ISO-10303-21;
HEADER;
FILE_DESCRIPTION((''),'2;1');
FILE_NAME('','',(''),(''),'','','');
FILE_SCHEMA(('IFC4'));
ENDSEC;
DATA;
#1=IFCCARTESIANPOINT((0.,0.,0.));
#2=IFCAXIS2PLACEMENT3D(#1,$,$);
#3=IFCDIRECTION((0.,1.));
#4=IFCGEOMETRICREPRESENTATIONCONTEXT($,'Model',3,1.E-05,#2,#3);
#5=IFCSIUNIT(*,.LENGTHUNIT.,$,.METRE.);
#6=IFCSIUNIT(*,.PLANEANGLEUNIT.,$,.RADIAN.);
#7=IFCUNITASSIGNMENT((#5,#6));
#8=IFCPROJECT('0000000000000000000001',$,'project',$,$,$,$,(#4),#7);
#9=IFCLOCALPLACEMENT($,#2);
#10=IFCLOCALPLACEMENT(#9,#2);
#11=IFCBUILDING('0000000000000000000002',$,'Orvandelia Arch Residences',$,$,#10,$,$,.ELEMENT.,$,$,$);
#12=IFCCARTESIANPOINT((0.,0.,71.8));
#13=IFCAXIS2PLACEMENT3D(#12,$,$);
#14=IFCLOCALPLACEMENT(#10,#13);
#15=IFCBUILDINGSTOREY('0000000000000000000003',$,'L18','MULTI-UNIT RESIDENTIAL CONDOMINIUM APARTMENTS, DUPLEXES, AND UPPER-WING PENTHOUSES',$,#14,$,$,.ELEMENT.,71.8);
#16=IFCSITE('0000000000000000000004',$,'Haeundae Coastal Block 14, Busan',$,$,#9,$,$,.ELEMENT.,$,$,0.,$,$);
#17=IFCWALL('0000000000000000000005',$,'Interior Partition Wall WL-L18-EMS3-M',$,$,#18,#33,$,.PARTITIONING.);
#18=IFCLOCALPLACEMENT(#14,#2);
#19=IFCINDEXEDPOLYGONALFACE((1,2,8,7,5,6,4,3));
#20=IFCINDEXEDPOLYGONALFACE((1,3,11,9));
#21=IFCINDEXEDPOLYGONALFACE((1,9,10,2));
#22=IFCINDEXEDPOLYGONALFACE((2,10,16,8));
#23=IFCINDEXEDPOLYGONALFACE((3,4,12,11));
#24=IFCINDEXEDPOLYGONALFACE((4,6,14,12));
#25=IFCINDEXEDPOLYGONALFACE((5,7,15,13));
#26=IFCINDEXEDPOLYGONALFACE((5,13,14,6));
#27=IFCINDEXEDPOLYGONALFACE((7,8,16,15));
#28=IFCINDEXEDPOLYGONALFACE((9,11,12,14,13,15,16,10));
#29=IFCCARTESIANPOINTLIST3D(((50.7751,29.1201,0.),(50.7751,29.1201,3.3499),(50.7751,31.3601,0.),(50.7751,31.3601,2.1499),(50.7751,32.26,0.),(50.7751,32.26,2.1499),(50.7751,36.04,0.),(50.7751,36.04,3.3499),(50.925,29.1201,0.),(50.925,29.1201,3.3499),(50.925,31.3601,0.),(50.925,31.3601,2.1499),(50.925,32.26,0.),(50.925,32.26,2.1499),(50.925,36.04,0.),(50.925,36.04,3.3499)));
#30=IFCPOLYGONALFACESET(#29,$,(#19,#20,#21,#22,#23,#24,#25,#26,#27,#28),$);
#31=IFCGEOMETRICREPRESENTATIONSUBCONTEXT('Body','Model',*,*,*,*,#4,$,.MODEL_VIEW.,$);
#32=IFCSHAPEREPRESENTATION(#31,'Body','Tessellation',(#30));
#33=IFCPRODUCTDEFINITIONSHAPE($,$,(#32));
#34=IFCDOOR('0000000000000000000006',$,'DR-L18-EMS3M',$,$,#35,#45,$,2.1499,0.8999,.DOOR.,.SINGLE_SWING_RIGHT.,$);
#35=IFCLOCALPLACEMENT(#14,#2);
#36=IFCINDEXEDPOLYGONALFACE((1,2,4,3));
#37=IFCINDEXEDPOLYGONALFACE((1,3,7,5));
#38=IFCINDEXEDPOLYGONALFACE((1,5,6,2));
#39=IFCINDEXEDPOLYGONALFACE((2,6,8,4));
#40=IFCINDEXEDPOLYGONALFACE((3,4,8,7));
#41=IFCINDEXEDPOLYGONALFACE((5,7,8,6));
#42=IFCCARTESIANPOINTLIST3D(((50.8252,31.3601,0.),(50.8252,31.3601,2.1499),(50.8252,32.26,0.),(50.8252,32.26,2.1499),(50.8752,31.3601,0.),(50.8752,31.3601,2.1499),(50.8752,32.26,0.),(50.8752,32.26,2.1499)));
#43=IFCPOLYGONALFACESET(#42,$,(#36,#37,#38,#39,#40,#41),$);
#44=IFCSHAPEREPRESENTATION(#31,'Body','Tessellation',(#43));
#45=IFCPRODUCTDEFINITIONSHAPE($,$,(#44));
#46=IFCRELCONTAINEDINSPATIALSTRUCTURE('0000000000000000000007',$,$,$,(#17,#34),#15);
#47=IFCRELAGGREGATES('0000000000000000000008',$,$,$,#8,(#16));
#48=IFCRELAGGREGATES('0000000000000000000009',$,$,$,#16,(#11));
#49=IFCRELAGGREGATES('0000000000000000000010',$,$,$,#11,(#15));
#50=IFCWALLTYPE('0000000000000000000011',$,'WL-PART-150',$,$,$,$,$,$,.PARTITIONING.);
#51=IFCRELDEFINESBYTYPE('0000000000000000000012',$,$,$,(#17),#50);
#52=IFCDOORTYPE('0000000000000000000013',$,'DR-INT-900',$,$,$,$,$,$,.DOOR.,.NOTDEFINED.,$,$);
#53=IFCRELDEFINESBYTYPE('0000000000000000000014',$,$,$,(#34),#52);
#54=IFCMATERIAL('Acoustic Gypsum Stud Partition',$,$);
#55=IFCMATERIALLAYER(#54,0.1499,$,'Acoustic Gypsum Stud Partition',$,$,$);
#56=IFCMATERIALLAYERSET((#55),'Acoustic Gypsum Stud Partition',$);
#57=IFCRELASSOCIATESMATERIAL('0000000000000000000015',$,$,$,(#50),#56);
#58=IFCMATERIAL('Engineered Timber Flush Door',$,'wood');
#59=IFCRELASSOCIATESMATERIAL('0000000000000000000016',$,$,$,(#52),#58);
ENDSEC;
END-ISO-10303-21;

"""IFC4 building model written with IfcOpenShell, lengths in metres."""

from ifc_helpers import new_model, si_unit, direction, frame, frame_2d, origin, place, context, subcontext, project, spatial, rectangle, extrude, material, layer, layer_set, type_object, element, fill, save


model = new_model("IFC4")

# Units and contexts
model_context = context("Model", 3, precision=1e-05, world=origin(), true_north=direction((0.0, 1.0)))
body_context = subcontext(model_context, "Body", "Model", "MODEL_VIEW")
ifc_project = project(units=[si_unit("LENGTHUNIT", "METRE"), si_unit("PLANEANGLEUNIT", "RADIAN")], contexts=[model_context])

# Site, building, storey
site_placement = place(None, origin())
site = spatial("IfcSite", under=ifc_project, at=site_placement, Name="Haeundae Coastal Block 14, Busan", CompositionType="ELEMENT", RefElevation=0.0)
building_placement = place(site_placement, origin())
building = spatial("IfcBuilding", under=site, at=building_placement, Name="Orvandelia Arch Residences", CompositionType="ELEMENT")
storey_placement = place(building_placement, frame((0.0, 0.0, 71.8)))
storey = spatial("IfcBuildingStorey", under=building, at=storey_placement, Name="L18", Description="MULTI-UNIT RESIDENTIAL CONDOMINIUM APARTMENTS, DUPLEXES, AND UPPER-WING PENTHOUSES", CompositionType="ELEMENT", Elevation=71.8)

# Wall, opening, door
ifc_material_1 = material(Name="Acoustic Gypsum Stud Partition")
ifc_layer_1 = layer(ifc_material_1, 0.1499, Name="Acoustic Gypsum Stud Partition")
ifc_layer_set_1 = layer_set([ifc_layer_1], Name="Acoustic Gypsum Stud Partition")
wall_type_1 = type_object("IfcWallType", Name="WL-PART-150", PredefinedType="PARTITIONING", material=ifc_layer_set_1)
wall_1_placement = place(storey_placement, frame((50.8501, 29.1201, 0.0), z_axis=(0.0, 0.0, 1.0), x_axis=(0.0, 1.0, 0.0)))
wall_1 = element("IfcWall", 1, at=wall_1_placement, inside=storey, type_object=wall_type_1, Name="Interior Partition Wall WL-L18-EMS3-M", PredefinedType="PARTITIONING", context=body_context, shape_type="SweptSolid", body=[
    extrude(rectangle(XDim=6.9199, YDim=0.1499, at=frame_2d((3.46, 0.0))), origin(), (0.0, 0.0, 1.0), 3.3499),
])
opening_1_placement = place(wall_1_placement, frame((2.24, 0.0, 0.0)))
opening_1 = element("IfcOpeningElement", 2, at=opening_1_placement, cuts=wall_1, PredefinedType="OPENING", context=body_context, shape_type="SweptSolid", body=[
    extrude(rectangle(XDim=0.8999, YDim=2.1499, at=frame_2d((0.45, 1.075))), frame((0.0, 0.085, 0.0), z_axis=(0.0, -1.0, 0.0), x_axis=(1.0, 0.0, 0.0)), (0.0, 0.0, 1.0), 0.1699),
])
ifc_material_2 = material(Name="Engineered Timber Flush Door", Category="wood")
door_type = type_object("IfcDoorType", Name="DR-INT-900", OperationType="NOTDEFINED", PredefinedType="DOOR", material=ifc_material_2)
door_placement = place(opening_1_placement, origin())
door = element("IfcDoor", 3, at=door_placement, inside=storey, type_object=door_type, Name="DR-L18-EMS3M", OperationType="SINGLE_SWING_RIGHT", OverallHeight=2.1499, OverallWidth=0.8999, PredefinedType="DOOR", context=body_context, shape_type="SweptSolid", body=[
    extrude(rectangle(XDim=0.8999, YDim=2.1499, at=frame_2d((0.45, 1.075))), frame((0.0, 0.0249, 0.0), z_axis=(0.0, -1.0, 0.0), x_axis=(1.0, 0.0, 0.0)), (0.0, 0.0, 1.0), 0.05),
])
fill(opening_1, door)

save(model, "model.ifc")
